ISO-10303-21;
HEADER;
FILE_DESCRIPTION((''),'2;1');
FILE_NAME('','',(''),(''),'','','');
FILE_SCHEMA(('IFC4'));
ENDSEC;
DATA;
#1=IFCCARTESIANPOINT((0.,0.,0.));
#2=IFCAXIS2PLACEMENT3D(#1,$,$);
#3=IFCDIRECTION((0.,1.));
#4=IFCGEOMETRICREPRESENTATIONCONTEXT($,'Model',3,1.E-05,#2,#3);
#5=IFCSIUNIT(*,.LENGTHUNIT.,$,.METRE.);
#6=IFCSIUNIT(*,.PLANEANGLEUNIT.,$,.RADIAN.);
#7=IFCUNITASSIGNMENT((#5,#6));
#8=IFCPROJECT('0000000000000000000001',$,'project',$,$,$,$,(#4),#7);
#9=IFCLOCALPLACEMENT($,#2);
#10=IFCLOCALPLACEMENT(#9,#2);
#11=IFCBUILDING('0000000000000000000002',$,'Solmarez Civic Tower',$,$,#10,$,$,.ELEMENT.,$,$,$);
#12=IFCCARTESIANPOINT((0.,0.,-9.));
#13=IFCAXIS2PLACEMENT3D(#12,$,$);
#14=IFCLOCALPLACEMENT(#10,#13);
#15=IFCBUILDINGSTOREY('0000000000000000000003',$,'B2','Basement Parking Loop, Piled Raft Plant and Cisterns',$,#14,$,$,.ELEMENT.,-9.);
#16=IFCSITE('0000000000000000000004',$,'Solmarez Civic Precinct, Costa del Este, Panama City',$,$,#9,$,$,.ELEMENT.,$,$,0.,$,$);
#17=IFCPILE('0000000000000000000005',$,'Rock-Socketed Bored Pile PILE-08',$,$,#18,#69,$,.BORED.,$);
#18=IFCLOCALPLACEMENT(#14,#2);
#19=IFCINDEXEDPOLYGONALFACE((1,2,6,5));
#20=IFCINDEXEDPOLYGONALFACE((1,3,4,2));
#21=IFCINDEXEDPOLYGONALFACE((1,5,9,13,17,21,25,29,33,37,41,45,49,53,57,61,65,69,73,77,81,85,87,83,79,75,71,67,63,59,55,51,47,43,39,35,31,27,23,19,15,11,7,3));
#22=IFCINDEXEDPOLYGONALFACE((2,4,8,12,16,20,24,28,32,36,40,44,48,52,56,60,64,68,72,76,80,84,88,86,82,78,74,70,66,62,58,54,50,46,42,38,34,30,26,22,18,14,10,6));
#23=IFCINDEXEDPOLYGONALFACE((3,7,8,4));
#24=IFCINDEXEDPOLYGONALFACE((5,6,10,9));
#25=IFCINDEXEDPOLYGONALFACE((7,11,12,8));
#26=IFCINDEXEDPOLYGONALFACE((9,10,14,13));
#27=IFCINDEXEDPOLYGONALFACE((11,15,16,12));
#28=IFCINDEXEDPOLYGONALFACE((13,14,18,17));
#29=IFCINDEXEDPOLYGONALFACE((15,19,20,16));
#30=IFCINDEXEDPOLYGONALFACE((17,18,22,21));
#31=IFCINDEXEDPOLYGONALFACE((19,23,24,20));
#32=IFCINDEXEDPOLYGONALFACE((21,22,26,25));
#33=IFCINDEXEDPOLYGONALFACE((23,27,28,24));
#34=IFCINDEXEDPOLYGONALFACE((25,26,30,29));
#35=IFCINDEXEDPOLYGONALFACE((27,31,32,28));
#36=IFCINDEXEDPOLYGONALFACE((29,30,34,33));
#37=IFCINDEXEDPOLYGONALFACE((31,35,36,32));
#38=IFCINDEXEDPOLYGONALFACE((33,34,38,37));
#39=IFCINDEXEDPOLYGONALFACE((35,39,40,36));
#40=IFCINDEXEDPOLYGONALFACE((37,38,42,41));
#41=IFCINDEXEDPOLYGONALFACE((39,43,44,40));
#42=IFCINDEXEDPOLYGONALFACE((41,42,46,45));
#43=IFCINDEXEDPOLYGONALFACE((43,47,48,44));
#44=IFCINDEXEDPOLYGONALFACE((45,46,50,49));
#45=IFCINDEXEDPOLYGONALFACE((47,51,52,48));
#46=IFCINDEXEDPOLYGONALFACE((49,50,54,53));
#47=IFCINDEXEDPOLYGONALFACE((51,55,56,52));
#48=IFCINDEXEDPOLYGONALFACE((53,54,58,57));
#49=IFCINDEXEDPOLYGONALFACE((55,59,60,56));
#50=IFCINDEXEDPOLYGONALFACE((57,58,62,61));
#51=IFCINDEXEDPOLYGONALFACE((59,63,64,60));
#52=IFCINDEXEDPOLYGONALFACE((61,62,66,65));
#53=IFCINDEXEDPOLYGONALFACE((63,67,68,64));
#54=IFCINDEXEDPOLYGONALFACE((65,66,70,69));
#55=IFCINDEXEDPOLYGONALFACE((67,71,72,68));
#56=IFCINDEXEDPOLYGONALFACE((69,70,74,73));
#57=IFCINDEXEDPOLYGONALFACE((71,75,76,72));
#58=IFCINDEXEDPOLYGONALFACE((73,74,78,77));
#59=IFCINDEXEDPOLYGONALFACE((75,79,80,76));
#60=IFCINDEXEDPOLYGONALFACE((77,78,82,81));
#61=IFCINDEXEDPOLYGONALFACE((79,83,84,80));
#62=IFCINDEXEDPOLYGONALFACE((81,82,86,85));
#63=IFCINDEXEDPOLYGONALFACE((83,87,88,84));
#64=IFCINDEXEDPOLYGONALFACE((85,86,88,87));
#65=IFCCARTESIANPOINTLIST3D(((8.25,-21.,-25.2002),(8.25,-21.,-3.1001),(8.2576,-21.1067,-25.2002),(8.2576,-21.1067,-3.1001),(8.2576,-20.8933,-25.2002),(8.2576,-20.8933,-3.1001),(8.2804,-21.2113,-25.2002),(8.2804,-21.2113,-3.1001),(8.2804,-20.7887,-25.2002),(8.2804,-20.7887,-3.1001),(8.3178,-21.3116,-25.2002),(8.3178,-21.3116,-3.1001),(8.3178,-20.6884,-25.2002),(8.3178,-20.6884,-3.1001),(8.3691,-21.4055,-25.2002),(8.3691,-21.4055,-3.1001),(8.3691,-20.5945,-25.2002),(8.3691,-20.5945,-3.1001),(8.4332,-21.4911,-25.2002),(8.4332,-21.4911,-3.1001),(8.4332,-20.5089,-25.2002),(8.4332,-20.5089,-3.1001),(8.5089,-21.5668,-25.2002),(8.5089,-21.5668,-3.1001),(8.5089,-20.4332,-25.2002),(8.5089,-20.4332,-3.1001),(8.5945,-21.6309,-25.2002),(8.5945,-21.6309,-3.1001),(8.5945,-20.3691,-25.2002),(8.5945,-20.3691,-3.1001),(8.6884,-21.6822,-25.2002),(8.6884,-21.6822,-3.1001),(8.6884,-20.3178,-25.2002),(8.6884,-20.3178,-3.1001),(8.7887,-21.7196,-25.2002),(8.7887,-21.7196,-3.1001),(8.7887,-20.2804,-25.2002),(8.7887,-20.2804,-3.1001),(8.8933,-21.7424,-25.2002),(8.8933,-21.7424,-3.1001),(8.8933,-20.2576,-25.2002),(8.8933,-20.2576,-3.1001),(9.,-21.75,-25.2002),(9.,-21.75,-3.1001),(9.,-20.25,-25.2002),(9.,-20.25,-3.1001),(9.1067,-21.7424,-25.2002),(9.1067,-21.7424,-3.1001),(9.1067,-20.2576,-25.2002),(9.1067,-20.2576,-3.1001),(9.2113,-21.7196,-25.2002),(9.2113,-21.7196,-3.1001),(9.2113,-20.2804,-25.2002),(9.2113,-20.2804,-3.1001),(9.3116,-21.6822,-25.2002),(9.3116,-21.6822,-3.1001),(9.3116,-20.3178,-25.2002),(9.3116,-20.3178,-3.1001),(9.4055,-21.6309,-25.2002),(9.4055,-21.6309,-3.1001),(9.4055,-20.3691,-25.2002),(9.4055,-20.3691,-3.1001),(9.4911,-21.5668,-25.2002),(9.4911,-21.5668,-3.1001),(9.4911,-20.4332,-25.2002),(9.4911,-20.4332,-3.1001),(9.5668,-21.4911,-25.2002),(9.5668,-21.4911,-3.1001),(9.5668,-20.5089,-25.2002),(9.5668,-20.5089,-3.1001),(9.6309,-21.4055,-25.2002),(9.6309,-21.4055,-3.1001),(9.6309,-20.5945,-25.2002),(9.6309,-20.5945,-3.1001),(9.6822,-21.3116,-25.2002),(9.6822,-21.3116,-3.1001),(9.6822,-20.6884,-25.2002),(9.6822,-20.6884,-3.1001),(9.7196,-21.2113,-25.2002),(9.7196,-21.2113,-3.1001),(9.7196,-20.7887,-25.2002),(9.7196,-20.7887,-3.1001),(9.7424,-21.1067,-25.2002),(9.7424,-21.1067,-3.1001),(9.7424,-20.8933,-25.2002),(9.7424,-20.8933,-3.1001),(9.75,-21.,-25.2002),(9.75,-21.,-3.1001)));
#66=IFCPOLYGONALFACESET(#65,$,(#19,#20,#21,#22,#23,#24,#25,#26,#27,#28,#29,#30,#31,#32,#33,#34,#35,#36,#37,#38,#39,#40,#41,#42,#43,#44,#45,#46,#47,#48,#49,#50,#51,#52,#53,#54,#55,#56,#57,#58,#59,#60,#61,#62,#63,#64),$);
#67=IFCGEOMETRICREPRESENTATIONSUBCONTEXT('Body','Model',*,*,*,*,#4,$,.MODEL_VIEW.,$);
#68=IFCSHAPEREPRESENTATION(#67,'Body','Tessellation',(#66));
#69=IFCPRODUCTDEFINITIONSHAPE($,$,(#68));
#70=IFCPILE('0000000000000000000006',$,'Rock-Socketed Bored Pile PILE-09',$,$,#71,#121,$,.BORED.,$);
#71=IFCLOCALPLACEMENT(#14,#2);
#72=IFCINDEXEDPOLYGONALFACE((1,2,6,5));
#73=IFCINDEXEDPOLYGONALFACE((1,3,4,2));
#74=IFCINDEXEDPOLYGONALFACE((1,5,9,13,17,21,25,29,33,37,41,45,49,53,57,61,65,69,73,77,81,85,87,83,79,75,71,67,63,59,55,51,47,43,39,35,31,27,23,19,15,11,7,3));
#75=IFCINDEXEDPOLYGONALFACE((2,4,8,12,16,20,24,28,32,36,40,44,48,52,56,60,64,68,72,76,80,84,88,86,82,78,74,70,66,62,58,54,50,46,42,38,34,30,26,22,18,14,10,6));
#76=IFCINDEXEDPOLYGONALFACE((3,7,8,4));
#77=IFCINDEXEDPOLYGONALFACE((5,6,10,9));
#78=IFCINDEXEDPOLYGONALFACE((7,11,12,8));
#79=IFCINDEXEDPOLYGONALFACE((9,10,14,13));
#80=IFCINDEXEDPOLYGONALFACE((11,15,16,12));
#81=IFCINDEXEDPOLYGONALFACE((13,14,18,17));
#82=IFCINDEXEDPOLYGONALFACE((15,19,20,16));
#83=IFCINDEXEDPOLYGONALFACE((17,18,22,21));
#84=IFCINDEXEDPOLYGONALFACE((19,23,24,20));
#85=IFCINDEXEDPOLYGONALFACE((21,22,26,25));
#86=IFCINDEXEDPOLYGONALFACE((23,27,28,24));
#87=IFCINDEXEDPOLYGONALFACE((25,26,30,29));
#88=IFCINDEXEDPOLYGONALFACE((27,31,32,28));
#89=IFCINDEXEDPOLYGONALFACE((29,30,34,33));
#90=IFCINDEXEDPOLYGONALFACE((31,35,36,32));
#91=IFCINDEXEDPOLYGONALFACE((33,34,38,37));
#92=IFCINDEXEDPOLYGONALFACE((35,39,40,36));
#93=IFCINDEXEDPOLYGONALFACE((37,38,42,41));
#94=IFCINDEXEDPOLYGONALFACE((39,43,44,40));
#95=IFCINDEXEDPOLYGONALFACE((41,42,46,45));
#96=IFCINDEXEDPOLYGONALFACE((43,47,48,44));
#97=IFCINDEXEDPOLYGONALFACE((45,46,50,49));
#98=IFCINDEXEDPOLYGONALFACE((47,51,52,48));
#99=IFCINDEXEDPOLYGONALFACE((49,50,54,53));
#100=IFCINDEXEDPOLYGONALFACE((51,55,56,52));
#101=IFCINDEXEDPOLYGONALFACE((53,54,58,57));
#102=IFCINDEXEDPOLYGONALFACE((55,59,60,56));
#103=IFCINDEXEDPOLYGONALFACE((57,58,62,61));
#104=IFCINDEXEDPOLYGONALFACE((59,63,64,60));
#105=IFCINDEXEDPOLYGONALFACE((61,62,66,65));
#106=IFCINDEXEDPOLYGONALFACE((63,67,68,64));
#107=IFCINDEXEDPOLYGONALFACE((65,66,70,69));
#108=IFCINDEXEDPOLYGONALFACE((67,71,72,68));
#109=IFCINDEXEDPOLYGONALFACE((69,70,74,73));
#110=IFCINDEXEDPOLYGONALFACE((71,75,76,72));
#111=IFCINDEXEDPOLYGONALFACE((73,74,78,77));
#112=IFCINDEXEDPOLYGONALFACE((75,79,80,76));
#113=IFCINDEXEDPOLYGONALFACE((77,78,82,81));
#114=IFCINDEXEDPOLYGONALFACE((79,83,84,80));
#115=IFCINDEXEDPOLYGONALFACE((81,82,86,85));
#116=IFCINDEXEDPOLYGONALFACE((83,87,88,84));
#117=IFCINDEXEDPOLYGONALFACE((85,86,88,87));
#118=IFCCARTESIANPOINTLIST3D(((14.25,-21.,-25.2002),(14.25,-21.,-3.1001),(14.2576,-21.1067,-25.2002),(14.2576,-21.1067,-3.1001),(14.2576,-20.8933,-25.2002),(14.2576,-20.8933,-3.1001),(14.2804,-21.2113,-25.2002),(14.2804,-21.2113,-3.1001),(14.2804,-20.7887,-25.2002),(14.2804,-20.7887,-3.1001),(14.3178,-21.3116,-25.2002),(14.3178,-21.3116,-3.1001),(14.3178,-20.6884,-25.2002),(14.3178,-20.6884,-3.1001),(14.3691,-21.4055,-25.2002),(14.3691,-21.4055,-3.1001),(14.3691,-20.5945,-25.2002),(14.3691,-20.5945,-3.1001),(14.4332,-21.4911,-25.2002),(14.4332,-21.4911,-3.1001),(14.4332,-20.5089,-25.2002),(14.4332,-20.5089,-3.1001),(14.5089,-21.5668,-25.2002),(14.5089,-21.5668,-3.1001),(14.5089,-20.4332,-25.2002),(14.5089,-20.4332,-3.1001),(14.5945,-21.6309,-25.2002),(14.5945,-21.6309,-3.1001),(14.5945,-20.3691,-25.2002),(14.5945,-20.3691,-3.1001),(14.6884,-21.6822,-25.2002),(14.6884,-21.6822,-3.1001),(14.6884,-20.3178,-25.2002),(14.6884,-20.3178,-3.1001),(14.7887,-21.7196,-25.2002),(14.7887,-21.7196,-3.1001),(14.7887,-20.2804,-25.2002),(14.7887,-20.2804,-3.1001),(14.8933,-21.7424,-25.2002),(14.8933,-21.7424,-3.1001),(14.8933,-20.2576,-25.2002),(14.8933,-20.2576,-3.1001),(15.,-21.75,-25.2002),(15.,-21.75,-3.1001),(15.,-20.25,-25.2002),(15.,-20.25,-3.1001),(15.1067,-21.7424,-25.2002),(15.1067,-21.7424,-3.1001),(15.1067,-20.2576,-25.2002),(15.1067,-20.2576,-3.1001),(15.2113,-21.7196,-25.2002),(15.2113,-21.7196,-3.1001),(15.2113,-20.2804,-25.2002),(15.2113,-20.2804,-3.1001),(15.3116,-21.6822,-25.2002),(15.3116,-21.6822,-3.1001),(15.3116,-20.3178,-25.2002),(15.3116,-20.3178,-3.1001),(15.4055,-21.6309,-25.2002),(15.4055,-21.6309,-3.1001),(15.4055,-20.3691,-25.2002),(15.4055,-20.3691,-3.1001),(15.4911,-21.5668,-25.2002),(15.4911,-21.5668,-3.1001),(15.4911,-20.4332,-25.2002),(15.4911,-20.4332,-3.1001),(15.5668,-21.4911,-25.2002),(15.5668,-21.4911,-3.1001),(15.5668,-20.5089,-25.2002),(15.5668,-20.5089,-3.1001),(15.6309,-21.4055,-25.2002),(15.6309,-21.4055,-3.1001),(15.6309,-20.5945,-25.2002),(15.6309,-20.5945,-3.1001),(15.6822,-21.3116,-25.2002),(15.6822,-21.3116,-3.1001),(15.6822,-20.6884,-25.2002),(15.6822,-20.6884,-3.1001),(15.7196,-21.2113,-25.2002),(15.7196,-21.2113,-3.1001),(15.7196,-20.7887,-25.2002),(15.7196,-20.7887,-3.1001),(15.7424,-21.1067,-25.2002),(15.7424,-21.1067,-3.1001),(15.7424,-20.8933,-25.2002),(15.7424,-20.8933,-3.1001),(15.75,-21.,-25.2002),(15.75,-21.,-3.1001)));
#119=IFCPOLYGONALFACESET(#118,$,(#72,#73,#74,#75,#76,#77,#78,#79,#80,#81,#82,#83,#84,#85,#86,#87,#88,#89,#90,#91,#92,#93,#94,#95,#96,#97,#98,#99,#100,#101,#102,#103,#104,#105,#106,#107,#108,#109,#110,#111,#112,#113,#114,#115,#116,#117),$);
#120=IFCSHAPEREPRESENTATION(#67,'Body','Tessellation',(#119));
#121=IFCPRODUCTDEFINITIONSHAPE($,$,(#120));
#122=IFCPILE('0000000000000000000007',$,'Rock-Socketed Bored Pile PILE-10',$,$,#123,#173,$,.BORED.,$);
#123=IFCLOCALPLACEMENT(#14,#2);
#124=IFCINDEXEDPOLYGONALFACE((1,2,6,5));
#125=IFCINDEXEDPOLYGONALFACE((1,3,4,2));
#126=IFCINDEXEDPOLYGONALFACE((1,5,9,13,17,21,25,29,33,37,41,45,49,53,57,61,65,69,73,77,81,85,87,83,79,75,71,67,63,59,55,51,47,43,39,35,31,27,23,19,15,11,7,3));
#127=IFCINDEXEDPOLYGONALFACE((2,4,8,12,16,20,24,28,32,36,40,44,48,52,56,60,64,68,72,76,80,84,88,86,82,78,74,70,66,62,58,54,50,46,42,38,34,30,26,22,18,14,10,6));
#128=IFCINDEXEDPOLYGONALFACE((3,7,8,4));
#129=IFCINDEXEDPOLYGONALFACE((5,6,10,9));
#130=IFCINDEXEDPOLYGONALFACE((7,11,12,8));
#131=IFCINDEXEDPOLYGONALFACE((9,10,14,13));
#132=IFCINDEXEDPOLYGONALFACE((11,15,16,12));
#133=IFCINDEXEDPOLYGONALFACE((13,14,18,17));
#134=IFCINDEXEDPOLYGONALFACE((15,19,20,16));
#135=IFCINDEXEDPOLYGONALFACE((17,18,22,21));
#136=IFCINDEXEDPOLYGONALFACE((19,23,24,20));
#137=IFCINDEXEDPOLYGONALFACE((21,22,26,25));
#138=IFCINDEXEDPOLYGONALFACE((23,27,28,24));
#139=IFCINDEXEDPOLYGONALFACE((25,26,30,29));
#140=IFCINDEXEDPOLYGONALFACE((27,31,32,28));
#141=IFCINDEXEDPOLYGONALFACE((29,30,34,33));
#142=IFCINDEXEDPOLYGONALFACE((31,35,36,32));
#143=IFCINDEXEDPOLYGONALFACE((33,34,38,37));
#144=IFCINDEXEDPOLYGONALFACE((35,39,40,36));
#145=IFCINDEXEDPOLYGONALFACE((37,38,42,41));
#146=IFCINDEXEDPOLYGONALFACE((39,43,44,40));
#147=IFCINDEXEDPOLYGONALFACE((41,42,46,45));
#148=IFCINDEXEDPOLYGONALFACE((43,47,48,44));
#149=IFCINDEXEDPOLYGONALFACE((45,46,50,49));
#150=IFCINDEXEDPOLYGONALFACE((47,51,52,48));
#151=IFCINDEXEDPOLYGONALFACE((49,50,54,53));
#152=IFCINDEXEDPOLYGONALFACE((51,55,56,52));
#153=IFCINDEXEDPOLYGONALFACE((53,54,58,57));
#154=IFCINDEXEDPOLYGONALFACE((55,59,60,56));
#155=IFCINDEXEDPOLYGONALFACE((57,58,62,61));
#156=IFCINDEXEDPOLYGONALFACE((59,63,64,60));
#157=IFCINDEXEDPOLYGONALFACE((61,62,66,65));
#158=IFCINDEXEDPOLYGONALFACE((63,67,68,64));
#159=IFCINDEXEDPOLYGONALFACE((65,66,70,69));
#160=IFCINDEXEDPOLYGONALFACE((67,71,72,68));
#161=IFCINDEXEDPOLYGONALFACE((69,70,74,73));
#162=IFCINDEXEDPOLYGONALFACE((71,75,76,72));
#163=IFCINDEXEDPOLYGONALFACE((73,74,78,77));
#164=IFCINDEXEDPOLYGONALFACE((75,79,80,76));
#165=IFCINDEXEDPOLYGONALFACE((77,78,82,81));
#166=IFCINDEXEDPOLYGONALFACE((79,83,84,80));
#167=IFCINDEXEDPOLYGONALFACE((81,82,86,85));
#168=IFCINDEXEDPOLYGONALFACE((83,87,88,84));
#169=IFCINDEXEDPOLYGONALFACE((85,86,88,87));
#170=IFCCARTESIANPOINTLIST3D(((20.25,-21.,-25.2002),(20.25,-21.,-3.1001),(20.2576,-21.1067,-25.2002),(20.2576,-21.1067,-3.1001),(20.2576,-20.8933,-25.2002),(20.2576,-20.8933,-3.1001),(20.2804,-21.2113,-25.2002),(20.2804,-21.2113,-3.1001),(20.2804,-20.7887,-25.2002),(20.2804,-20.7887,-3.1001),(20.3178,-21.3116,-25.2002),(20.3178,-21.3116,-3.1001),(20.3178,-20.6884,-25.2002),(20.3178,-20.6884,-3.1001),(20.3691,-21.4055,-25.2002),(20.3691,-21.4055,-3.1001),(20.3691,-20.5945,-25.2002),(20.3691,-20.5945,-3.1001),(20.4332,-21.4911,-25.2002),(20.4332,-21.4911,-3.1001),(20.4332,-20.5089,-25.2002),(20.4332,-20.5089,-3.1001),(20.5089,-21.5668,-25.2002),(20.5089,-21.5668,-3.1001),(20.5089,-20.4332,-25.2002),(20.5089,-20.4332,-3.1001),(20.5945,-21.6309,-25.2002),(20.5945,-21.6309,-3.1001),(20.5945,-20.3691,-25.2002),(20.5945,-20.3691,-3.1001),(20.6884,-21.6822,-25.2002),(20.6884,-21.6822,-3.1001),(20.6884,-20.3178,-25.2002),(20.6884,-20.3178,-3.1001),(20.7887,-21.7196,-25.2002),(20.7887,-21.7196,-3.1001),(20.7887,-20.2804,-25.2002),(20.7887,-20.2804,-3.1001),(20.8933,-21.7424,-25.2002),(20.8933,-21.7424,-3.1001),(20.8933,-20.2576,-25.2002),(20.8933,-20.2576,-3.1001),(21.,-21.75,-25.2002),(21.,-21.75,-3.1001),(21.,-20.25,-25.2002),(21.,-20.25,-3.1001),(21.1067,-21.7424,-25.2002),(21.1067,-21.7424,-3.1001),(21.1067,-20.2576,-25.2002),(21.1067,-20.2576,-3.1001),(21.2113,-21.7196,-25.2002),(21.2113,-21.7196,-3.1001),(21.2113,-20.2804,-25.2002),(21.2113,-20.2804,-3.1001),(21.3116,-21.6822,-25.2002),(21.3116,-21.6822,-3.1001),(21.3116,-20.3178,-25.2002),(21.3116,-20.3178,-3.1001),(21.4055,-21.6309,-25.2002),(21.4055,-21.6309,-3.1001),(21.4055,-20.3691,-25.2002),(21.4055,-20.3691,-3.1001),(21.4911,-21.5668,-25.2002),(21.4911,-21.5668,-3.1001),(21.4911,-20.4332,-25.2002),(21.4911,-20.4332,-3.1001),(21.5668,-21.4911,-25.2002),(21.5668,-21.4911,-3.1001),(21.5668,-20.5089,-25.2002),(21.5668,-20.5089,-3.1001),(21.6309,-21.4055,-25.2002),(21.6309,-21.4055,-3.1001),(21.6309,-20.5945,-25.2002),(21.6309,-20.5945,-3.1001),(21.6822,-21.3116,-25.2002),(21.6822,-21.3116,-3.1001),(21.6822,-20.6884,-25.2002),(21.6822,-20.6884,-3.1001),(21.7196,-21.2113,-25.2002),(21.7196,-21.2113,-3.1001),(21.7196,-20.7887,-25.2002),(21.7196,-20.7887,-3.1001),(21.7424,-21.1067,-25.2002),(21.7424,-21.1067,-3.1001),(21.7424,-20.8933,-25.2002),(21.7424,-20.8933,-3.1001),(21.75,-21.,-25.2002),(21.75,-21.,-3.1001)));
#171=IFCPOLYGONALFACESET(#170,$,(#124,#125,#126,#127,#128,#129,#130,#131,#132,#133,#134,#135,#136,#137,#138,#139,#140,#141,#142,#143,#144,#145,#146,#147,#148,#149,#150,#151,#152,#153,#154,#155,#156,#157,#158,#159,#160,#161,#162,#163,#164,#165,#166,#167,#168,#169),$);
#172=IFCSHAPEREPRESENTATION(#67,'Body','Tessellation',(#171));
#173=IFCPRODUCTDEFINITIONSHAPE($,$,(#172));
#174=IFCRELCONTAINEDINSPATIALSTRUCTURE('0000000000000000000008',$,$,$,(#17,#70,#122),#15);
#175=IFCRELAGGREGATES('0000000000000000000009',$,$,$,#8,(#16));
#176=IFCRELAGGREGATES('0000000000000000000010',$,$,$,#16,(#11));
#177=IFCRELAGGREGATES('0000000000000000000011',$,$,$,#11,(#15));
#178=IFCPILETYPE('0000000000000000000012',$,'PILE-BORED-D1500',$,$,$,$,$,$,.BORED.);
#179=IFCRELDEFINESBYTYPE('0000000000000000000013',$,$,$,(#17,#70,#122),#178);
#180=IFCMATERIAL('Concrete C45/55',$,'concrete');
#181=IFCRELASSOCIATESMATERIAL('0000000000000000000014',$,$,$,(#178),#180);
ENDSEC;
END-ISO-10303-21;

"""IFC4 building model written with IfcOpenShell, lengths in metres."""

from ifc_helpers import new_model, si_unit, direction, frame, origin, origin_2d, place, context, subcontext, project, spatial, circle, extrude, material, material_profile, profile_set, type_object, element, save


model = new_model("IFC4")

# Units and contexts
model_context = context("Model", 3, precision=1e-05, world=origin(), true_north=direction((0.0, 1.0)))
body_context = subcontext(model_context, "Body", "Model", "MODEL_VIEW")
ifc_project = project(units=[si_unit("LENGTHUNIT", "METRE"), si_unit("PLANEANGLEUNIT", "RADIAN")], contexts=[model_context])

# Site, building, storey
site_placement = place(None, origin())
site = spatial("IfcSite", under=ifc_project, at=site_placement, Name="Solmarez Civic Precinct, Costa del Este, Panama City", CompositionType="ELEMENT", RefElevation=0.0)
building_placement = place(site_placement, origin())
building = spatial("IfcBuilding", under=site, at=building_placement, Name="Solmarez Civic Tower", CompositionType="ELEMENT")
storey_placement = place(building_placement, frame((0.0, 0.0, -9.0)))
storey = spatial("IfcBuildingStorey", under=building, at=storey_placement, Name="B2", Description="Basement Parking Loop, Piled Raft Plant and Cisterns", CompositionType="ELEMENT", Elevation=-9.0)

# Piles
ifc_material_1 = material(Name="Concrete C45/55", Category="concrete")
ifc_material_profile_1 = material_profile(ifc_material_1, circle(Radius=0.75, at=origin_2d()), Name="PILE-D1500")
ifc_profile_set_1 = profile_set([ifc_material_profile_1], Name="Concrete C45/55")
pile_type = type_object("IfcPileType", Name="PILE-BORED-D1500", PredefinedType="BORED", material=ifc_profile_set_1)
for number, where, z_axis, x_axis, name in (
    (1, (9.0, -21.0, -3.1001), (0.0, 0.0, -1.0), (1.0, 0.0, 0.0), "Rock-Socketed Bored Pile PILE-08"),
    (2, (15.0, -21.0, -3.1001), (0.0, 0.0, -1.0), (1.0, 0.0, 0.0), "Rock-Socketed Bored Pile PILE-09"),
    (3, (21.0, -21.0, -3.1001), (0.0, 0.0, -1.0), (1.0, 0.0, 0.0), "Rock-Socketed Bored Pile PILE-10"),
):
    element("IfcPile", number, at=place(storey_placement, frame(where, z_axis=z_axis, x_axis=x_axis)), inside=storey, type_object=pile_type, Name=name, PredefinedType="BORED", context=body_context, shape_type="SweptSolid", body=[
        extrude(circle(Radius=0.75, at=origin_2d()), origin(), (0.0, 0.0, 1.0), 22.1001),
    ])

save(model, "model.ifc")
